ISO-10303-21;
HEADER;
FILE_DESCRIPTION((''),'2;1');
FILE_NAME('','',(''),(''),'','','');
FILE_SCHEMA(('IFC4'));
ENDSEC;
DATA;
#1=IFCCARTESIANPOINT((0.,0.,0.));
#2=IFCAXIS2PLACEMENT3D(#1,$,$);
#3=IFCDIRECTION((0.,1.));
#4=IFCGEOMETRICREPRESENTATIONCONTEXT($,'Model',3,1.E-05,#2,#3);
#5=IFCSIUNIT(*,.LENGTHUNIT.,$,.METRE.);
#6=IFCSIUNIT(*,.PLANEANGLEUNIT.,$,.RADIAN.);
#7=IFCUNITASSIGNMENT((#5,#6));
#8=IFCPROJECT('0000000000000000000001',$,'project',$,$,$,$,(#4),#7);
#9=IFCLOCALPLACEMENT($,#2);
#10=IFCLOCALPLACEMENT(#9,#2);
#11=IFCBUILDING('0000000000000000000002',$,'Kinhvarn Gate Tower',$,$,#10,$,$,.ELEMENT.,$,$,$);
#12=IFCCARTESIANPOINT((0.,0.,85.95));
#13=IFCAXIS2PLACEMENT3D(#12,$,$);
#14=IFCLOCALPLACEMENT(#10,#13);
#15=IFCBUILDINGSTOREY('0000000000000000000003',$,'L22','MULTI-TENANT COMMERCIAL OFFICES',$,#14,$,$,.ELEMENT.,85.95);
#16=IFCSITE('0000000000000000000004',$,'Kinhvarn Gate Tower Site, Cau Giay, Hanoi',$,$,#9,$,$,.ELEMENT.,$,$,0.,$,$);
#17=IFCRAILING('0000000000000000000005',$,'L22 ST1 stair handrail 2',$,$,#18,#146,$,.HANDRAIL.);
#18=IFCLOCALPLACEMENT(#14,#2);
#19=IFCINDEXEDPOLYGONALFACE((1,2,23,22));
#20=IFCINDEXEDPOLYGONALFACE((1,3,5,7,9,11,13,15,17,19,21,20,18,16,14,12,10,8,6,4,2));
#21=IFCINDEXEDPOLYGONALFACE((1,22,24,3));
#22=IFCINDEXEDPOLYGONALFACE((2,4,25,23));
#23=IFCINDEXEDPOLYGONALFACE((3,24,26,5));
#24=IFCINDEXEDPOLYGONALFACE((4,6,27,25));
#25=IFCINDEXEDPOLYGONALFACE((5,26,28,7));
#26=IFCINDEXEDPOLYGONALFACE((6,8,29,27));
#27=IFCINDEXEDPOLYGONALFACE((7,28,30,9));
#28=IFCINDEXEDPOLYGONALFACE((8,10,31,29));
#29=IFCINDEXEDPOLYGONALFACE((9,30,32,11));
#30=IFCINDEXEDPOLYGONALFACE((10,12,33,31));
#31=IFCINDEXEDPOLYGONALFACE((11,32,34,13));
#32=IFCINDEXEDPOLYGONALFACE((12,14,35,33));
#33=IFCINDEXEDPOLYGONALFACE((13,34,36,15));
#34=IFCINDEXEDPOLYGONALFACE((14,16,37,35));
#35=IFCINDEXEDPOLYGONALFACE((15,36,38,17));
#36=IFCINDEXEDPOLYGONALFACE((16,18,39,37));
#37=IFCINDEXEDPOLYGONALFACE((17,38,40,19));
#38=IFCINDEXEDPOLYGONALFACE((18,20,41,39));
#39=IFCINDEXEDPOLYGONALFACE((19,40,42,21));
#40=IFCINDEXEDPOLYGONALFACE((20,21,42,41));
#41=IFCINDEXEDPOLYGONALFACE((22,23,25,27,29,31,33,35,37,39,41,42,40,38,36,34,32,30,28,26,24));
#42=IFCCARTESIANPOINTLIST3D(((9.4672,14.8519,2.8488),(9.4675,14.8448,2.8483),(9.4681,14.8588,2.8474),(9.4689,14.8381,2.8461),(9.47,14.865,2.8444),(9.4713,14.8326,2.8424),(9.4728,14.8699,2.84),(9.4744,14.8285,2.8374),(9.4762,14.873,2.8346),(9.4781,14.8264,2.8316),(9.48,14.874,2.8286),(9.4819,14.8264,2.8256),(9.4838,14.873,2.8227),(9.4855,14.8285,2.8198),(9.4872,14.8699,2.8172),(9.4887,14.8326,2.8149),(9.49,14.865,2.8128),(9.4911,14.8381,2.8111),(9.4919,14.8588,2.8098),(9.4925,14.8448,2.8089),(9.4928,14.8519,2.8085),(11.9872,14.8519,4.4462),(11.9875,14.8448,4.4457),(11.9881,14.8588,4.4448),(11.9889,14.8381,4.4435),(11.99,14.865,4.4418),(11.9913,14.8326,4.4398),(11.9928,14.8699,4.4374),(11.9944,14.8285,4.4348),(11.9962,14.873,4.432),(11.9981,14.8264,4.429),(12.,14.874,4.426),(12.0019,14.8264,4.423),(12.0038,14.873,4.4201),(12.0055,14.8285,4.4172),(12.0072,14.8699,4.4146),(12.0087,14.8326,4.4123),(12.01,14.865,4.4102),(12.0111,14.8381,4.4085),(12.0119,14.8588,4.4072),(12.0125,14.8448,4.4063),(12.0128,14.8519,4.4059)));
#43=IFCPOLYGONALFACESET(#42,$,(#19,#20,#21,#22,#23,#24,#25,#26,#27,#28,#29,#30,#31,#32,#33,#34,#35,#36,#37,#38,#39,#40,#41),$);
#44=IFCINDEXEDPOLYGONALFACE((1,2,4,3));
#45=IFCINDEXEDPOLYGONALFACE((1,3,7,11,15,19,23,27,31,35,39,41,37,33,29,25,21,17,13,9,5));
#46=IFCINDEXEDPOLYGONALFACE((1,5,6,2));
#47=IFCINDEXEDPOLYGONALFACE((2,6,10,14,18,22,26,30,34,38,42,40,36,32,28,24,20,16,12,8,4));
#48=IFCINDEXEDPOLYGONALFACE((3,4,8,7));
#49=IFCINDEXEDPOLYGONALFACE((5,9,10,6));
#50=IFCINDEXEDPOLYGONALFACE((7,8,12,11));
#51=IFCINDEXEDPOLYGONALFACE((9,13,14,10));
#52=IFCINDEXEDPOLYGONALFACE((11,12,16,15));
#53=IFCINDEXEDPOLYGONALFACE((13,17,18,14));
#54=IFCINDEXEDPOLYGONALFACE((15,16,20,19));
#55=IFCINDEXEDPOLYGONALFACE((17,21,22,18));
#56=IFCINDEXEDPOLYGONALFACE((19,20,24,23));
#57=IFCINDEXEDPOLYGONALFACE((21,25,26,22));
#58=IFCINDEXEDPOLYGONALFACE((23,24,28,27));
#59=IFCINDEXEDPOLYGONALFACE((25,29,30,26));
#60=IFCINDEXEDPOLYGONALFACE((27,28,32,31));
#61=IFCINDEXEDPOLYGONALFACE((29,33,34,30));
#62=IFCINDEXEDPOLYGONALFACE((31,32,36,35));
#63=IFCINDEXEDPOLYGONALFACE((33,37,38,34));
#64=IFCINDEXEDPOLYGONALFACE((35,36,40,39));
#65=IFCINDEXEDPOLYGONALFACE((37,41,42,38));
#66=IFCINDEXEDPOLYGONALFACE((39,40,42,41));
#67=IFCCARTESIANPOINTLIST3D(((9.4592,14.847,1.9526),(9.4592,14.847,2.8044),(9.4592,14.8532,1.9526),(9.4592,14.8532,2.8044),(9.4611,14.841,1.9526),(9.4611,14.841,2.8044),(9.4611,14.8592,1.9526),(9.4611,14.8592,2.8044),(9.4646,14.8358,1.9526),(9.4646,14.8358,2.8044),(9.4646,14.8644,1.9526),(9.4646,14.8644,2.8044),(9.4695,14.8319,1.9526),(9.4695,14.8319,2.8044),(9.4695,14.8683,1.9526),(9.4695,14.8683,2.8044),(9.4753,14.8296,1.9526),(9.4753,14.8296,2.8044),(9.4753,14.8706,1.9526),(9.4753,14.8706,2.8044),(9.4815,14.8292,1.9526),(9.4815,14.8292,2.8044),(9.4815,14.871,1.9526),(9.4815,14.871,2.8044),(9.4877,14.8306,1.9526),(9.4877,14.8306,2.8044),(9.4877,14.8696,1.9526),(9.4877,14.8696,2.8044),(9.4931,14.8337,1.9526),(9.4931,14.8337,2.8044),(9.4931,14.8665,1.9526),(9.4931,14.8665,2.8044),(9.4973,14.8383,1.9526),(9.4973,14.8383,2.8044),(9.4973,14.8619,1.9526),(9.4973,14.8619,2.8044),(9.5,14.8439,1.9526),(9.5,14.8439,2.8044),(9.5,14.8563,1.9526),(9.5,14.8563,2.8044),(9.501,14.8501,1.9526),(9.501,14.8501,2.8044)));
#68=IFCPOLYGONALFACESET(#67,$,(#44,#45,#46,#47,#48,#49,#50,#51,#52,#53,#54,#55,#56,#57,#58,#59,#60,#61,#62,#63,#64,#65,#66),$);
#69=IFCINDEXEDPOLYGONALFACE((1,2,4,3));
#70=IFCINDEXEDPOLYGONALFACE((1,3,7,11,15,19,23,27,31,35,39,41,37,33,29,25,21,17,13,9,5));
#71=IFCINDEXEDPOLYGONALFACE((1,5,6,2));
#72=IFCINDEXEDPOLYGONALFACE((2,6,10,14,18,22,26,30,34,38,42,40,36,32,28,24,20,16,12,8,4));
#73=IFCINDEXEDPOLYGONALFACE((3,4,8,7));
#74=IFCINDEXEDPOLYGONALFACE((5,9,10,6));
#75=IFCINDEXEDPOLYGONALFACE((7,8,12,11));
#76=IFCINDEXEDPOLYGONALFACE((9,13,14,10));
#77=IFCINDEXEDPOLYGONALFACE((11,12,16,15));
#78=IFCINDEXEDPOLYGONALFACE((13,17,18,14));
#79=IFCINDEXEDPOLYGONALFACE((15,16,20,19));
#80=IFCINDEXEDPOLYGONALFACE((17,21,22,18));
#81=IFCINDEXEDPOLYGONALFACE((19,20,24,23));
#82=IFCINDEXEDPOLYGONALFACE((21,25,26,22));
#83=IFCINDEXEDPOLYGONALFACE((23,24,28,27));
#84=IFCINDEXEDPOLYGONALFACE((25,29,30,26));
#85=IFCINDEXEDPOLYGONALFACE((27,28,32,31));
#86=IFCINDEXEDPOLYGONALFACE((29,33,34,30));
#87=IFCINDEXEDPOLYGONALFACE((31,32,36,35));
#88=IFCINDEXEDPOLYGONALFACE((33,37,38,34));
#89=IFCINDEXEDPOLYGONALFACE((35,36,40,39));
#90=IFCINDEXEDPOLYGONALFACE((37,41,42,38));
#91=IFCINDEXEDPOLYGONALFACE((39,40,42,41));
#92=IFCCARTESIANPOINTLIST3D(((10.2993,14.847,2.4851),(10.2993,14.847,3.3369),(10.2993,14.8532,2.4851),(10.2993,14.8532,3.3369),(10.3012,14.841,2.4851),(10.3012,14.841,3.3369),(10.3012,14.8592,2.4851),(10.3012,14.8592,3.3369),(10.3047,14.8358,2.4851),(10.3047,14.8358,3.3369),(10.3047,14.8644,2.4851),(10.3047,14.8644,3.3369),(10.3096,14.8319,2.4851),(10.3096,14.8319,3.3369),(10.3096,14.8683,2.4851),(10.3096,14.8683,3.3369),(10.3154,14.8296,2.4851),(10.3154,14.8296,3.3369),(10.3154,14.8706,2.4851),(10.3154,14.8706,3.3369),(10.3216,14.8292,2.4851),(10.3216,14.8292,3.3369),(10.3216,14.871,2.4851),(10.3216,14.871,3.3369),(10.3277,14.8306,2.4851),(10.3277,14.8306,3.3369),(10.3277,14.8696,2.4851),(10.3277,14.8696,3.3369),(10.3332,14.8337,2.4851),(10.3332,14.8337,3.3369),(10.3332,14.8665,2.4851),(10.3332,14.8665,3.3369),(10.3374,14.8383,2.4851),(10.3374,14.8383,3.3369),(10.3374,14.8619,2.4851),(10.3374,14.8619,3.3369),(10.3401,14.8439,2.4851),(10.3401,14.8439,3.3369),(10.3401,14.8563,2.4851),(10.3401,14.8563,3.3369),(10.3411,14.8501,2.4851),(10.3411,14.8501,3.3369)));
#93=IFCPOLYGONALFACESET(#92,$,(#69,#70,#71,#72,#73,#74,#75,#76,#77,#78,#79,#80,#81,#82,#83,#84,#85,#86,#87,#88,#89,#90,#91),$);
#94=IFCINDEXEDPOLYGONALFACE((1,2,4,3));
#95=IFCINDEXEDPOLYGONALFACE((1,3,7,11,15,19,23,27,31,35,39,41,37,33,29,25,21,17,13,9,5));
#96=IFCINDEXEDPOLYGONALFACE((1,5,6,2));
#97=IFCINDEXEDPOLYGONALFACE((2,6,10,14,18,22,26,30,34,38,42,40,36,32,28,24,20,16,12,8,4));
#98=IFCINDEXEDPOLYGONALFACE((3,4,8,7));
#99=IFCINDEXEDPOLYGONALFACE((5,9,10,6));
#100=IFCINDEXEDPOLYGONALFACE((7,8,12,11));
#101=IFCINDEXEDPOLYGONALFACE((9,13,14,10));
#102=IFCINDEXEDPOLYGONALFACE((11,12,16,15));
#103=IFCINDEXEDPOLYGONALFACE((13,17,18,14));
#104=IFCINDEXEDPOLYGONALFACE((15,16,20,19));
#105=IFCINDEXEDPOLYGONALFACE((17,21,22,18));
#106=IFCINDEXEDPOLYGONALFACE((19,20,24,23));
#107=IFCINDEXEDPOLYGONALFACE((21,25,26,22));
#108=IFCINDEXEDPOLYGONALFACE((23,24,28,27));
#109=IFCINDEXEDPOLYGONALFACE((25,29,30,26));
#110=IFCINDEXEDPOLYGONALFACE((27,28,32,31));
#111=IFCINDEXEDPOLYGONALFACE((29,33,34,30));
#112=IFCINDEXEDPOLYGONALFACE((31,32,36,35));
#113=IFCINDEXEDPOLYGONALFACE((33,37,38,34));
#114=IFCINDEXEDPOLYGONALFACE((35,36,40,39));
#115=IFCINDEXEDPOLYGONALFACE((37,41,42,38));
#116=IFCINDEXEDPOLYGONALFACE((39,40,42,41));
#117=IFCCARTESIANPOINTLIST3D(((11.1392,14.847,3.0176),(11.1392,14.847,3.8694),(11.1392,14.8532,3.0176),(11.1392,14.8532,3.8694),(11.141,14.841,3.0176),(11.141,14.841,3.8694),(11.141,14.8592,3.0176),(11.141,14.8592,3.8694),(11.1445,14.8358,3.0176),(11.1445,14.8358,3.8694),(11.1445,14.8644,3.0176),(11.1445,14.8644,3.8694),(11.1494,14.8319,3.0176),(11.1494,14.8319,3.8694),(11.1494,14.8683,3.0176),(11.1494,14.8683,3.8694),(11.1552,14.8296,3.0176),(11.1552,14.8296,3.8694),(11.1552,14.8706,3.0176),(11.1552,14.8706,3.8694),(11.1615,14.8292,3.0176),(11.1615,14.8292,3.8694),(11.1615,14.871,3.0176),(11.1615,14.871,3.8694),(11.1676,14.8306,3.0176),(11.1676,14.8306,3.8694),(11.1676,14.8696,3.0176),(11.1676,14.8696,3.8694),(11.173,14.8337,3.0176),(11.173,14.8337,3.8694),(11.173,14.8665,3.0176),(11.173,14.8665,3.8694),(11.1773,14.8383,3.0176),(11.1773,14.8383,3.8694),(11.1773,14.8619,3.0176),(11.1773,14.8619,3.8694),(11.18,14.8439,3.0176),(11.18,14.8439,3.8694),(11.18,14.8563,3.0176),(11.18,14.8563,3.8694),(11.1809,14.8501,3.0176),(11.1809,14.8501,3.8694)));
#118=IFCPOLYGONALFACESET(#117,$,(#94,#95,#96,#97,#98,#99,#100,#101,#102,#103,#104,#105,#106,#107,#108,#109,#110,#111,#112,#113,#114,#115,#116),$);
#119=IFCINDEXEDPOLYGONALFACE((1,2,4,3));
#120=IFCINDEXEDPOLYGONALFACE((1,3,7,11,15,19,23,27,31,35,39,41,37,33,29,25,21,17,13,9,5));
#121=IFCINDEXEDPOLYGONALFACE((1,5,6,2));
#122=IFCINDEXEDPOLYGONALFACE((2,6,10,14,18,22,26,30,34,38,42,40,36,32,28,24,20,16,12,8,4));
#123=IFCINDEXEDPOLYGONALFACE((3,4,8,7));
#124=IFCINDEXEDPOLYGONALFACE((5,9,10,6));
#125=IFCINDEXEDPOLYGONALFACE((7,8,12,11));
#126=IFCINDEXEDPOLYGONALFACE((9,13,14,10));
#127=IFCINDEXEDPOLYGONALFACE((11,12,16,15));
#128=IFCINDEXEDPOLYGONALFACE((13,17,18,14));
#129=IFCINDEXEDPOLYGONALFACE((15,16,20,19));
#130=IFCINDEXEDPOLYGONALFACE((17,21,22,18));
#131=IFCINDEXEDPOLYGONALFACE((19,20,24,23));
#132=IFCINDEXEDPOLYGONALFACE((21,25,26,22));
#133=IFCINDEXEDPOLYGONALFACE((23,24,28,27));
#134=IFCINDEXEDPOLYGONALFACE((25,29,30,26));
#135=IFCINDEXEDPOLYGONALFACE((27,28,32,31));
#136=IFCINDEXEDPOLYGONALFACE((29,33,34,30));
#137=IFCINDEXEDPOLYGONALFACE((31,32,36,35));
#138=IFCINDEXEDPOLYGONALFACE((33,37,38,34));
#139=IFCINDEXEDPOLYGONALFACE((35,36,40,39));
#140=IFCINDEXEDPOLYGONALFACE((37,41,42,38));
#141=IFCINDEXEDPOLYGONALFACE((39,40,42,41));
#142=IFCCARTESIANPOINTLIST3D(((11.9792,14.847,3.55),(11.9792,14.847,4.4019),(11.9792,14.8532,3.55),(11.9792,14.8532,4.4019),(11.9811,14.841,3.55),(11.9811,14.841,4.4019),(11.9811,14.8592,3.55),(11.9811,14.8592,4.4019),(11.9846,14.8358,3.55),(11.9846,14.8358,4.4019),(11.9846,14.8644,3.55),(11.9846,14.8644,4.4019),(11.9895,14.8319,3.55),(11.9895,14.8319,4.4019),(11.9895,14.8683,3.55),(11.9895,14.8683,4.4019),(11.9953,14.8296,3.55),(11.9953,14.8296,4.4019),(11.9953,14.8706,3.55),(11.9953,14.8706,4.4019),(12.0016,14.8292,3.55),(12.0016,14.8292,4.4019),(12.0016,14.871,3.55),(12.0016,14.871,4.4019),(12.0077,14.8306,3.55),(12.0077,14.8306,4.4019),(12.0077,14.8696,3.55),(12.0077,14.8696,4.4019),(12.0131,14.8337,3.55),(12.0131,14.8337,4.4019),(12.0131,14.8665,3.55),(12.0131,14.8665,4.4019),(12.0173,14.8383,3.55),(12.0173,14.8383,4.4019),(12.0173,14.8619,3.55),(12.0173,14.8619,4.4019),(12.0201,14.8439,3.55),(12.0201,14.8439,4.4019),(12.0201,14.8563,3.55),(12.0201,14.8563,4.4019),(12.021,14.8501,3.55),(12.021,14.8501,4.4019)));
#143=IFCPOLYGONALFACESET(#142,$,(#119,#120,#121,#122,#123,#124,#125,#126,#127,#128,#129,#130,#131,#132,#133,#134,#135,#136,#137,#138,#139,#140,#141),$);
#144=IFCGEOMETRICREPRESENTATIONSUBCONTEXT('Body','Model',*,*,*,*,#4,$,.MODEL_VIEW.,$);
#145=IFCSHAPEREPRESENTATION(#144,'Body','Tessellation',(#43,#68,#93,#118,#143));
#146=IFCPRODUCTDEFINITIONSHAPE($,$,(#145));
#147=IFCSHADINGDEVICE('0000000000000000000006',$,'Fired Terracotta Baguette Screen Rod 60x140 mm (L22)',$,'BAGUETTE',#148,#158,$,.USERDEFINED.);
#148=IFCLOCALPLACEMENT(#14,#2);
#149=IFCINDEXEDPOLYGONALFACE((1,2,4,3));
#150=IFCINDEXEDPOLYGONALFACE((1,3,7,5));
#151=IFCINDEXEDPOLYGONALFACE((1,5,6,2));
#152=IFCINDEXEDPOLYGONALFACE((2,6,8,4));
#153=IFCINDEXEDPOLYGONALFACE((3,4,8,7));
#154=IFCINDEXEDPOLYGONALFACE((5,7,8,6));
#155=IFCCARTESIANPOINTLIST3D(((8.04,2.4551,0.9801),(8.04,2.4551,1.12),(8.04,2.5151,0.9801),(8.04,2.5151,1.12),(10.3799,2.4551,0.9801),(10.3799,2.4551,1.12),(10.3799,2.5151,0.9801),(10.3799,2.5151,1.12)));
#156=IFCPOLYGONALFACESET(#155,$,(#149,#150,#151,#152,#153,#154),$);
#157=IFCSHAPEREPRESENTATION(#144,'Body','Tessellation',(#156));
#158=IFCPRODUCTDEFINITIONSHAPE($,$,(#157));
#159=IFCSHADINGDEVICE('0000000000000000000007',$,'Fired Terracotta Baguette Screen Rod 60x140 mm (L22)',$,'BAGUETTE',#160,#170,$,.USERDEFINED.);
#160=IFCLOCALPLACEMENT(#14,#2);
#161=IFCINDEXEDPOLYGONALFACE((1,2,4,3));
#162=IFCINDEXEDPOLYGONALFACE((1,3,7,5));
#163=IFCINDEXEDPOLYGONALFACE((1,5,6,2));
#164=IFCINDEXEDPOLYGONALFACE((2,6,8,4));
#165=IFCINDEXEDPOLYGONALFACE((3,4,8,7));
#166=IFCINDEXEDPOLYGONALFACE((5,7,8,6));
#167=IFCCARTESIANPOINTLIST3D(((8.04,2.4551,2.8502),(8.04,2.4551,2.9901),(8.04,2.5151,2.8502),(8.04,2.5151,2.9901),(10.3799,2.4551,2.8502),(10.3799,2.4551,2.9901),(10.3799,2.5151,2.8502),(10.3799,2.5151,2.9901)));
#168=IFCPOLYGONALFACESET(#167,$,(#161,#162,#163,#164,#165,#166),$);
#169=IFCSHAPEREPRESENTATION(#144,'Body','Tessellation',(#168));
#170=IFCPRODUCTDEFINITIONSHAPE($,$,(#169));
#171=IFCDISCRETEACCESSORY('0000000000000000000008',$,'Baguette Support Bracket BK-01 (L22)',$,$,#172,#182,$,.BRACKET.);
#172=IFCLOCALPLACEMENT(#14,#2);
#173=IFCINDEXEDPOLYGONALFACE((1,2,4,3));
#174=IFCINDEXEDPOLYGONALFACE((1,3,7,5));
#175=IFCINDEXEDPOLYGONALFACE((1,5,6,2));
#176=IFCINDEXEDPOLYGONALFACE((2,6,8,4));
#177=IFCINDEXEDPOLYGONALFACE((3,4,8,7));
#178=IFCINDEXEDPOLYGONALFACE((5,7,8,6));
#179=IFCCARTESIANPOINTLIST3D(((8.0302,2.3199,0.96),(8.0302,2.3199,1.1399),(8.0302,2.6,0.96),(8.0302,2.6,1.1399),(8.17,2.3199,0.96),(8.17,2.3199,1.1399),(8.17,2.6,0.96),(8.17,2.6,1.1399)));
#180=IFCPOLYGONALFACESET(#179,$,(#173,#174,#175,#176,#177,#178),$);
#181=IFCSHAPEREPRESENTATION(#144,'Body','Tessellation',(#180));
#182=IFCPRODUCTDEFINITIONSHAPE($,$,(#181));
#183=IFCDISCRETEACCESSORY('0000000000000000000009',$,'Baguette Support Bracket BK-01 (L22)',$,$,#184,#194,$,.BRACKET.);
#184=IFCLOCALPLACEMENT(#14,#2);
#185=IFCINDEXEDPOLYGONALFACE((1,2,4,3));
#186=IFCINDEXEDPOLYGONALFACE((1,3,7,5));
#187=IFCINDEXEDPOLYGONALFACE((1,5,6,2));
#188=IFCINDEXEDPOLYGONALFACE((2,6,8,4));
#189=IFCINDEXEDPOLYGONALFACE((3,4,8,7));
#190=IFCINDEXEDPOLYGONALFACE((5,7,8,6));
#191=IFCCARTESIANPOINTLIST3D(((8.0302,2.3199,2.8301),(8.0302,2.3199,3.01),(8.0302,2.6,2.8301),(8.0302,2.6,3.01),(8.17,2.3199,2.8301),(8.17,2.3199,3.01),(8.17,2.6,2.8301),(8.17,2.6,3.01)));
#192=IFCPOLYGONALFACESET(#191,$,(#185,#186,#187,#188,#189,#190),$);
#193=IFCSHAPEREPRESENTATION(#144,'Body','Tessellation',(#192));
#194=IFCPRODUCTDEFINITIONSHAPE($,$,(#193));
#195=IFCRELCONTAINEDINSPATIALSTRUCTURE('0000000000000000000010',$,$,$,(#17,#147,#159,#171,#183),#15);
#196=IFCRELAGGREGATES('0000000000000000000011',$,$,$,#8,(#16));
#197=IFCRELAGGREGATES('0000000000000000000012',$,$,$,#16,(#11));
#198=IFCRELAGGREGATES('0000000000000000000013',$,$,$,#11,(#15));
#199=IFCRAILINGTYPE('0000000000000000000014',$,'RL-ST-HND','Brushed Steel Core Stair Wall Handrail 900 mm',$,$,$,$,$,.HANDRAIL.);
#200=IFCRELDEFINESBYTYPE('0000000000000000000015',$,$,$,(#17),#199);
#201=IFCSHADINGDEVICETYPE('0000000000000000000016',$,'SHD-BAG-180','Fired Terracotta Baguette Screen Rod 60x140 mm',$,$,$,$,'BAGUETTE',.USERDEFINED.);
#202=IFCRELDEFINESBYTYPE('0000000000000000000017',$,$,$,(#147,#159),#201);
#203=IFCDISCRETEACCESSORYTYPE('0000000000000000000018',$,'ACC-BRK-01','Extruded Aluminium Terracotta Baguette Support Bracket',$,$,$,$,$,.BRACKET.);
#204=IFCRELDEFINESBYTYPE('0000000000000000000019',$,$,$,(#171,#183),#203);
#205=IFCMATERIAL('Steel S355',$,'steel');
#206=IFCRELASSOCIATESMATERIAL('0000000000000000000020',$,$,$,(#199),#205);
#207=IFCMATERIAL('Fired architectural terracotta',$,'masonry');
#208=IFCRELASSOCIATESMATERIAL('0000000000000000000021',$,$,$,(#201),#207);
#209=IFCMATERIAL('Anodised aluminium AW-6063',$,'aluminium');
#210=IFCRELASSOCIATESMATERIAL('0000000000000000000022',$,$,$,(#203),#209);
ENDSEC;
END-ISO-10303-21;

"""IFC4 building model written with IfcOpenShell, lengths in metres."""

from ifc_helpers import new_model, si_unit, direction, frame, origin, origin_2d, place, context, subcontext, project, spatial, rectangle, circle, extrude, material, material_profile, profile_set, type_object, element, save


model = new_model("IFC4")

# Units and contexts
model_context = context("Model", 3, precision=1e-05, world=origin(), true_north=direction((0.0, 1.0)))
body_context = subcontext(model_context, "Body", "Model", "MODEL_VIEW")
ifc_project = project(units=[si_unit("LENGTHUNIT", "METRE"), si_unit("PLANEANGLEUNIT", "RADIAN")], contexts=[model_context])

# Site, building, storey
site_placement = place(None, origin())
site = spatial("IfcSite", under=ifc_project, at=site_placement, Name="Kinhvarn Gate Tower Site, Cau Giay, Hanoi", CompositionType="ELEMENT", RefElevation=0.0)
building_placement = place(site_placement, origin())
building = spatial("IfcBuilding", under=site, at=building_placement, Name="Kinhvarn Gate Tower", CompositionType="ELEMENT")
storey_placement = place(building_placement, frame((0.0, 0.0, 85.95)))
storey = spatial("IfcBuildingStorey", under=building, at=storey_placement, Name="L22", Description="MULTI-TENANT COMMERCIAL OFFICES", CompositionType="ELEMENT", Elevation=85.95)

# Shared definitions
ifc_material_1 = material(Name="Anodised aluminium AW-6063", Category="aluminium")

# Shared definitions
ifc_material_2 = material(Name="Steel S355", Category="steel")

# Shared definitions
ifc_material_3 = material(Name="Fired architectural terracotta", Category="masonry")

# Railing
railing_type_1 = type_object("IfcRailingType", Name="RL-ST-HND", Description="Brushed Steel Core Stair Wall Handrail 900 mm", PredefinedType="HANDRAIL", material=ifc_material_2)
railing_1_placement = place(storey_placement, frame((9.48, 14.8501, 1.9526)))
element("IfcRailing", 1, at=railing_1_placement, inside=storey, type_object=railing_type_1, Name="L22 ST1 stair handrail 2", PredefinedType="HANDRAIL", context=body_context, shape_type="SweptSolid", body=[
    extrude(circle(Radius=0.0239, at=origin_2d()), frame((0.0, 0.0, 0.876), z_axis=(0.844607, 0.0, 0.535387), x_axis=(0.0, 1.0, 0.0)), (0.0, 0.0, 1.0), 2.9836),
    extrude(circle(Radius=0.021, at=origin_2d()), origin(), (0.0, 0.0, 1.0), 0.8518),
    extrude(circle(Radius=0.021, at=origin_2d()), frame((0.8401, 0.0, 0.5325)), (0.0, 0.0, 1.0), 0.8518),
    extrude(circle(Radius=0.021, at=origin_2d()), frame((1.6799, 0.0, 1.0649)), (0.0, 0.0, 1.0), 0.8518),
    extrude(circle(Radius=0.021, at=origin_2d()), frame((2.52, 0.0, 1.5974)), (0.0, 0.0, 1.0), 0.8518),
])

# Shading devices
ifc_material_profile_1 = material_profile(ifc_material_3, rectangle(XDim=0.0601, YDim=0.1399, at=origin_2d()), Name="TC 60x140")
ifc_profile_set_1 = profile_set([ifc_material_profile_1], Name="Fired architectural terracotta")
shading_device_type = type_object("IfcShadingDeviceType", Name="SHD-BAG-180", Description="Fired Terracotta Baguette Screen Rod 60x140 mm", ElementType="BAGUETTE", PredefinedType="USERDEFINED", material=ifc_profile_set_1)
for number, where, z_axis, x_axis, name in (
    (2, (8.04, 2.4851, 1.05), (1.0, 0.0, 0.0), (0.0, 1.0, 0.0), "Fired Terracotta Baguette Screen Rod 60x140 mm (L22)"),
    (3, (8.04, 2.4851, 2.9202), (1.0, 0.0, 0.0), (0.0, 1.0, 0.0), "Fired Terracotta Baguette Screen Rod 60x140 mm (L22)"),
):
    element("IfcShadingDevice", number, at=place(storey_placement, frame(where, z_axis=z_axis, x_axis=x_axis)), inside=storey, type_object=shading_device_type, Name=name, ObjectType="BAGUETTE", PredefinedType="USERDEFINED", context=body_context, shape_type="SweptSolid", body=[
        extrude(rectangle(XDim=0.0601, YDim=0.1399, at=origin_2d()), origin(), (0.0, 0.0, 1.0), 2.3398),
    ])

# Discrete accessories
discrete_accessory_type = type_object("IfcDiscreteAccessoryType", Name="ACC-BRK-01", Description="Extruded Aluminium Terracotta Baguette Support Bracket", PredefinedType="BRACKET", material=ifc_material_1)
for number, where, z_axis, x_axis, name in (
    (4, (8.1001, 2.46, 0.96), (0.0, 0.0, 1.0), (1.0, 0.0, 0.0), "Baguette Support Bracket BK-01 (L22)"),
    (5, (8.1001, 2.46, 2.8301), (0.0, 0.0, 1.0), (1.0, 0.0, 0.0), "Baguette Support Bracket BK-01 (L22)"),
):
    element("IfcDiscreteAccessory", number, at=place(storey_placement, frame(where, z_axis=z_axis, x_axis=x_axis)), inside=storey, type_object=discrete_accessory_type, Name=name, PredefinedType="BRACKET", context=body_context, shape_type="SweptSolid", body=[
        extrude(rectangle(XDim=0.1399, YDim=0.28, at=origin_2d()), origin(), (0.0, 0.0, 1.0), 0.1799),
    ])

save(model, "model.ifc")
